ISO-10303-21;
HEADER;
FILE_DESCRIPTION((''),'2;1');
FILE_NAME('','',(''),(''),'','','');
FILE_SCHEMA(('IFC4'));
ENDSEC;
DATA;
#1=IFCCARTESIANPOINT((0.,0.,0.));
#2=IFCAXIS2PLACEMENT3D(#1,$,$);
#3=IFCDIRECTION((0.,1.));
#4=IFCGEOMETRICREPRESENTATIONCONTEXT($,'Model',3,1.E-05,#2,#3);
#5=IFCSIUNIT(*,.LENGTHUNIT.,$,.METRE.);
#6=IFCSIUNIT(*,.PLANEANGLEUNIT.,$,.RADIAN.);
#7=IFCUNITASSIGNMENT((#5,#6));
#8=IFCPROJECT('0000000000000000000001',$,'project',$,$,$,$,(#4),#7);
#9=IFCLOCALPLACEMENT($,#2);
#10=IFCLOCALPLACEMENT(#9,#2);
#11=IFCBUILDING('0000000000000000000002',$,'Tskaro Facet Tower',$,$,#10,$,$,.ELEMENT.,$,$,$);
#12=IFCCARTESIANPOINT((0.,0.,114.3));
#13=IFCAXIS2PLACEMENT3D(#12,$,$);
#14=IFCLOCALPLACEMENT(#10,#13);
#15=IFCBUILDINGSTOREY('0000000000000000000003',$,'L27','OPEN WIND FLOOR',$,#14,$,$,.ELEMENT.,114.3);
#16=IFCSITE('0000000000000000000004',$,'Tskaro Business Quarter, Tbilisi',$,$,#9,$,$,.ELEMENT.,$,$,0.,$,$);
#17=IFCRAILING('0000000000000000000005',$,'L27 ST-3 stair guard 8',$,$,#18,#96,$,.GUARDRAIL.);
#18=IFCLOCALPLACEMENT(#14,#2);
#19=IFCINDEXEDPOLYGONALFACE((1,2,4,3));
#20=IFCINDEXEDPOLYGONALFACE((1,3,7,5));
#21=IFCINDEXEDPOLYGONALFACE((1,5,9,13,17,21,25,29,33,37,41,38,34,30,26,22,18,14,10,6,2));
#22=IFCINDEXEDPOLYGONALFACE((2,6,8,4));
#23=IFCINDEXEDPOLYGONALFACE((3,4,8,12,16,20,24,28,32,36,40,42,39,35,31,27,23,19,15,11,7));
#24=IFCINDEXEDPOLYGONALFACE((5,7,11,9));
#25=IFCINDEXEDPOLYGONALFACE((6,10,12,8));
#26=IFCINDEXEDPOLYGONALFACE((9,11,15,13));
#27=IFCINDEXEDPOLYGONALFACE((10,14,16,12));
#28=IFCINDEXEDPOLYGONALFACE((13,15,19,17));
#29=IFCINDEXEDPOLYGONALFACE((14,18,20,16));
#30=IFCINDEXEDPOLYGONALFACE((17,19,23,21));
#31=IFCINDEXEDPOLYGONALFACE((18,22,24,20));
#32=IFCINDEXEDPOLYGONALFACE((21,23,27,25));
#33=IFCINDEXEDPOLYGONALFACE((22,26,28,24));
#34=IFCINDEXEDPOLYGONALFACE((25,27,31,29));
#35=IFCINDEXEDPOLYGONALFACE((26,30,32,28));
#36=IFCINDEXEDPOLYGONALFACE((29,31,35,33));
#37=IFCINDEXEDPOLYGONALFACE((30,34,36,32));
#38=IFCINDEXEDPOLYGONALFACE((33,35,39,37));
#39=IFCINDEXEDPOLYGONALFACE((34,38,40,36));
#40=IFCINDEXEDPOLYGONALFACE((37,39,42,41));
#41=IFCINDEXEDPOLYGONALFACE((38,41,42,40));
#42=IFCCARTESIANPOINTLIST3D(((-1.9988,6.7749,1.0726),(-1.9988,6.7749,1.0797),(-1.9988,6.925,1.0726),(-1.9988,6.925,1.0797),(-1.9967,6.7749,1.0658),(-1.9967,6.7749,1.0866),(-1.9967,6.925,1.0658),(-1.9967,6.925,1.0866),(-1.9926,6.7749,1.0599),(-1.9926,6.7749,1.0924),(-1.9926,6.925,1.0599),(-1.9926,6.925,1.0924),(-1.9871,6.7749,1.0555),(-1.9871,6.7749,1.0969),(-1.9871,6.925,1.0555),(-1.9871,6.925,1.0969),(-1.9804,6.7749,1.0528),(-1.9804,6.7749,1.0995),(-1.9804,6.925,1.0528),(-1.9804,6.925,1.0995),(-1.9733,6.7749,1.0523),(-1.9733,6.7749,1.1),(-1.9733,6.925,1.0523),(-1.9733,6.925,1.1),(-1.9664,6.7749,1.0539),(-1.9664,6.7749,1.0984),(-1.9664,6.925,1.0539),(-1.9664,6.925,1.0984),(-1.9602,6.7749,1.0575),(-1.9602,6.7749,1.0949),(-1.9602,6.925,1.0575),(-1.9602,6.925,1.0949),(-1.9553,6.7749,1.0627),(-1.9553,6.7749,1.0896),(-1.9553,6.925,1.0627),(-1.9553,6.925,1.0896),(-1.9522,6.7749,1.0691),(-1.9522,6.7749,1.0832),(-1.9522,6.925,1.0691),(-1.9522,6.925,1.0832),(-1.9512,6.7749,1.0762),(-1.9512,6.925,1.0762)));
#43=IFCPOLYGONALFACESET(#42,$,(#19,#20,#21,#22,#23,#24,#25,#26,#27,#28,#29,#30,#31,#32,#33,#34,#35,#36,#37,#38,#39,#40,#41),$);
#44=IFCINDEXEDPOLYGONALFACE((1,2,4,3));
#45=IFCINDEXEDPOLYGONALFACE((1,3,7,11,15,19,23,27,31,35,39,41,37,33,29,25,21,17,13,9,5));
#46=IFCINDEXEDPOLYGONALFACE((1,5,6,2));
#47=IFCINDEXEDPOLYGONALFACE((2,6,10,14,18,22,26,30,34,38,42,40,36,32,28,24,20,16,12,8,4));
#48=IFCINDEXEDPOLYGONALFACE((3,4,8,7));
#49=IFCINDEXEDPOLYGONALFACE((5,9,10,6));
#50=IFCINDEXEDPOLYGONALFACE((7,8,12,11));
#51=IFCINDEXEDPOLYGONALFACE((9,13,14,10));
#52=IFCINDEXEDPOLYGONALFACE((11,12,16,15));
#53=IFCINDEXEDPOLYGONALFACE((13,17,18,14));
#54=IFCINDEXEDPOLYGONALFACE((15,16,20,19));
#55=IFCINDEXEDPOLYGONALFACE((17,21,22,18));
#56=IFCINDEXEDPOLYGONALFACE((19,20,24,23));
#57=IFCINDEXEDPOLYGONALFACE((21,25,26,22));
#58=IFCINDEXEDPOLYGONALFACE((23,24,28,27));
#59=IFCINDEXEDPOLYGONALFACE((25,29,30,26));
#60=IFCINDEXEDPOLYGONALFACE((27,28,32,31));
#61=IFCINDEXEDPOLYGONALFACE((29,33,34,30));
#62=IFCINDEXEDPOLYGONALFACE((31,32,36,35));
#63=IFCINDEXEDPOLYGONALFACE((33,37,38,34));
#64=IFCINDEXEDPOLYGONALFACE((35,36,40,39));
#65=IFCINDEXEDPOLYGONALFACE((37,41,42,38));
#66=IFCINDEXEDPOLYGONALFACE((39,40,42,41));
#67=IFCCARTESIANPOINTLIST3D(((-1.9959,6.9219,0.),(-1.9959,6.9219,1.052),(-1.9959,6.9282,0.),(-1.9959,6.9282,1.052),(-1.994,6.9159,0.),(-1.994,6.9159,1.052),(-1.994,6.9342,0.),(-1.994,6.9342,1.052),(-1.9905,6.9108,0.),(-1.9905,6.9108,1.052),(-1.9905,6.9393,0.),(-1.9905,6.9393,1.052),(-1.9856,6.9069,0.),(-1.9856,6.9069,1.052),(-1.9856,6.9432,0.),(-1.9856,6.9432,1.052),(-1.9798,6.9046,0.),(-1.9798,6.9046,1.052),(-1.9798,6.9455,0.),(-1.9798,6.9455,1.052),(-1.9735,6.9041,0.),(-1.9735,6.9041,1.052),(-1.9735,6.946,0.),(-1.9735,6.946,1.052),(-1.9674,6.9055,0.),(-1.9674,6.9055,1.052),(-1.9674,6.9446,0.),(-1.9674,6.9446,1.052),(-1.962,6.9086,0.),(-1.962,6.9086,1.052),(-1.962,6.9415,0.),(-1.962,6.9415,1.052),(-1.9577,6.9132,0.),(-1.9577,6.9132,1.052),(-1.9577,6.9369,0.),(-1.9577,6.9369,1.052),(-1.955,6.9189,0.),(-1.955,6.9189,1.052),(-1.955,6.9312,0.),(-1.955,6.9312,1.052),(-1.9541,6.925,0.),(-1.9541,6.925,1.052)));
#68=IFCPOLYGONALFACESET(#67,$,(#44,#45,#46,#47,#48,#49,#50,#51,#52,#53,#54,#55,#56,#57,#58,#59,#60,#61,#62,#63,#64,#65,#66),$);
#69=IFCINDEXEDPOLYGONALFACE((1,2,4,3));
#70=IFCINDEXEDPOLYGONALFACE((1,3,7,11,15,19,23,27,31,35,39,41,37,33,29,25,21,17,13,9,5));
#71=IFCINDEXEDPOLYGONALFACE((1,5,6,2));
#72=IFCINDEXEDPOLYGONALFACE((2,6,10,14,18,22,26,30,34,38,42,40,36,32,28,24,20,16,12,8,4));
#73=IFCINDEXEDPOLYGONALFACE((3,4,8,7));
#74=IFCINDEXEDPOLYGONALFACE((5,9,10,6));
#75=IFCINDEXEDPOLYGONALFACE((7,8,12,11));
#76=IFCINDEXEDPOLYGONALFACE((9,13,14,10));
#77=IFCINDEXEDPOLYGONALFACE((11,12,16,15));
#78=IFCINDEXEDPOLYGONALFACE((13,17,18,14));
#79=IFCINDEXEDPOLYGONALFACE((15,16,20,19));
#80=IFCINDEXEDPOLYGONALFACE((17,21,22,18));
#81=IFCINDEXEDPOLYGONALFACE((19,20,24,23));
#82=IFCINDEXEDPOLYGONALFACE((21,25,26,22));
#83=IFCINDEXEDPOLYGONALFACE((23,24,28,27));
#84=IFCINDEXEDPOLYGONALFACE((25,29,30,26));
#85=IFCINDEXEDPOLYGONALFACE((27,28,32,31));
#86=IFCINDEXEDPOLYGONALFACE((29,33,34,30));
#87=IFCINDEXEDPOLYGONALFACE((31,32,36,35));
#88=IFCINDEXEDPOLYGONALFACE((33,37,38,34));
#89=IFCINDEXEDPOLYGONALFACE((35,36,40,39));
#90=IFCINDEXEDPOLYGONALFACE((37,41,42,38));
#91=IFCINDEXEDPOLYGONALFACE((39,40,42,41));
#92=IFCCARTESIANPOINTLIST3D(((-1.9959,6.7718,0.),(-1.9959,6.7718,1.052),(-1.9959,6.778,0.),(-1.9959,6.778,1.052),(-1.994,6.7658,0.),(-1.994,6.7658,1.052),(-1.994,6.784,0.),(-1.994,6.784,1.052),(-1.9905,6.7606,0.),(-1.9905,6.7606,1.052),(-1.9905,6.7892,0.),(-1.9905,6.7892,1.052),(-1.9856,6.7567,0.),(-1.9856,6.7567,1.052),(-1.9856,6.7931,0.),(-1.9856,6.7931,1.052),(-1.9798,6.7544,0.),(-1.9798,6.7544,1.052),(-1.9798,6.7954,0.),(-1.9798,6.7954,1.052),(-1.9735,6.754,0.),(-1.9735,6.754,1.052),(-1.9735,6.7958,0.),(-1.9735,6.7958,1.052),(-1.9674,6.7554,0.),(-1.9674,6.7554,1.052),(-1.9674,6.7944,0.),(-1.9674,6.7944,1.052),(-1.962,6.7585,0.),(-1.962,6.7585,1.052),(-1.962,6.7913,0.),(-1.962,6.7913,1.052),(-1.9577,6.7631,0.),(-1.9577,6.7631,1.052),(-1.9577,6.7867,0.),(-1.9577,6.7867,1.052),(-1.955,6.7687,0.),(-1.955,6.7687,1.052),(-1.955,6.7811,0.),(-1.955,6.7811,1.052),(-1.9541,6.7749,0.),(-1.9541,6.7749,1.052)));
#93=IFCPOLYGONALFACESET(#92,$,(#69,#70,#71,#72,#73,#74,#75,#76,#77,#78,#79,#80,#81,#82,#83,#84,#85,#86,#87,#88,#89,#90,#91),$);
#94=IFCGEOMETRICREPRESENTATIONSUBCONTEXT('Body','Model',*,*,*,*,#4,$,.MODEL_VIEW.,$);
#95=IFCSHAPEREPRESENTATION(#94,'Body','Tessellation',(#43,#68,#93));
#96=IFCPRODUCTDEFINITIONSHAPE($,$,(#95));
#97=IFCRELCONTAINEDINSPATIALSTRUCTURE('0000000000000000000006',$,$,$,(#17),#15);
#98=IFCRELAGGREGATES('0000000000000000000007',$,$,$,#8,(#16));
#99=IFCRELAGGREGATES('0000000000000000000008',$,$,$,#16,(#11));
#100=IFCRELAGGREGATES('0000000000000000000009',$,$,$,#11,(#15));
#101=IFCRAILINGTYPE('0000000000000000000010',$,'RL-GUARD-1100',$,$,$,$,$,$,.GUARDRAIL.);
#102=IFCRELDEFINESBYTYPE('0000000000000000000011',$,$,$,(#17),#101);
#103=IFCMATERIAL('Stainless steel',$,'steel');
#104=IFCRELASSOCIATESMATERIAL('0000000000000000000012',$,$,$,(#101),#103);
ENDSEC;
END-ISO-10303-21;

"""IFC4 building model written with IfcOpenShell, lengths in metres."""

from ifc_helpers import new_model, si_unit, direction, frame, origin, origin_2d, place, context, subcontext, project, spatial, circle, extrude, material, type_object, element, save


model = new_model("IFC4")

# Units and contexts
model_context = context("Model", 3, precision=1e-05, world=origin(), true_north=direction((0.0, 1.0)))
body_context = subcontext(model_context, "Body", "Model", "MODEL_VIEW")
ifc_project = project(units=[si_unit("LENGTHUNIT", "METRE"), si_unit("PLANEANGLEUNIT", "RADIAN")], contexts=[model_context])

# Site, building, storey
site_placement = place(None, origin())
site = spatial("IfcSite", under=ifc_project, at=site_placement, Name="Tskaro Business Quarter, Tbilisi", CompositionType="ELEMENT", RefElevation=0.0)
building_placement = place(site_placement, origin())
building = spatial("IfcBuilding", under=site, at=building_placement, Name="Tskaro Facet Tower", CompositionType="ELEMENT")
storey_placement = place(building_placement, frame((0.0, 0.0, 114.3)))
storey = spatial("IfcBuildingStorey", under=building, at=storey_placement, Name="L27", Description="OPEN WIND FLOOR", CompositionType="ELEMENT", Elevation=114.3)

# Railing
ifc_material_1 = material(Name="Stainless steel", Category="steel")
railing_type_1 = type_object("IfcRailingType", Name="RL-GUARD-1100", PredefinedType="GUARDRAIL", material=ifc_material_1)
railing_1_placement = place(storey_placement, frame((-1.9751, 6.925, 0.0)))
element("IfcRailing", 1, at=railing_1_placement, inside=storey, type_object=railing_type_1, Name="L27 ST-3 stair guard 8", PredefinedType="GUARDRAIL", context=body_context, shape_type="SweptSolid", body=[
    extrude(circle(Radius=0.0239, at=origin_2d()), frame((0.0, 0.0, 1.0762), z_axis=(0.0, -1.0, 0.0), x_axis=(1.0, 0.0, 0.0)), (0.0, 0.0, 1.0), 0.1501),
    extrude(circle(Radius=0.021, at=origin_2d()), origin(), (0.0, 0.0, 1.0), 1.052),
    extrude(circle(Radius=0.021, at=origin_2d()), frame((0.0, -0.1501, 0.0)), (0.0, 0.0, 1.0), 1.052),
])

save(model, "model.ifc")
